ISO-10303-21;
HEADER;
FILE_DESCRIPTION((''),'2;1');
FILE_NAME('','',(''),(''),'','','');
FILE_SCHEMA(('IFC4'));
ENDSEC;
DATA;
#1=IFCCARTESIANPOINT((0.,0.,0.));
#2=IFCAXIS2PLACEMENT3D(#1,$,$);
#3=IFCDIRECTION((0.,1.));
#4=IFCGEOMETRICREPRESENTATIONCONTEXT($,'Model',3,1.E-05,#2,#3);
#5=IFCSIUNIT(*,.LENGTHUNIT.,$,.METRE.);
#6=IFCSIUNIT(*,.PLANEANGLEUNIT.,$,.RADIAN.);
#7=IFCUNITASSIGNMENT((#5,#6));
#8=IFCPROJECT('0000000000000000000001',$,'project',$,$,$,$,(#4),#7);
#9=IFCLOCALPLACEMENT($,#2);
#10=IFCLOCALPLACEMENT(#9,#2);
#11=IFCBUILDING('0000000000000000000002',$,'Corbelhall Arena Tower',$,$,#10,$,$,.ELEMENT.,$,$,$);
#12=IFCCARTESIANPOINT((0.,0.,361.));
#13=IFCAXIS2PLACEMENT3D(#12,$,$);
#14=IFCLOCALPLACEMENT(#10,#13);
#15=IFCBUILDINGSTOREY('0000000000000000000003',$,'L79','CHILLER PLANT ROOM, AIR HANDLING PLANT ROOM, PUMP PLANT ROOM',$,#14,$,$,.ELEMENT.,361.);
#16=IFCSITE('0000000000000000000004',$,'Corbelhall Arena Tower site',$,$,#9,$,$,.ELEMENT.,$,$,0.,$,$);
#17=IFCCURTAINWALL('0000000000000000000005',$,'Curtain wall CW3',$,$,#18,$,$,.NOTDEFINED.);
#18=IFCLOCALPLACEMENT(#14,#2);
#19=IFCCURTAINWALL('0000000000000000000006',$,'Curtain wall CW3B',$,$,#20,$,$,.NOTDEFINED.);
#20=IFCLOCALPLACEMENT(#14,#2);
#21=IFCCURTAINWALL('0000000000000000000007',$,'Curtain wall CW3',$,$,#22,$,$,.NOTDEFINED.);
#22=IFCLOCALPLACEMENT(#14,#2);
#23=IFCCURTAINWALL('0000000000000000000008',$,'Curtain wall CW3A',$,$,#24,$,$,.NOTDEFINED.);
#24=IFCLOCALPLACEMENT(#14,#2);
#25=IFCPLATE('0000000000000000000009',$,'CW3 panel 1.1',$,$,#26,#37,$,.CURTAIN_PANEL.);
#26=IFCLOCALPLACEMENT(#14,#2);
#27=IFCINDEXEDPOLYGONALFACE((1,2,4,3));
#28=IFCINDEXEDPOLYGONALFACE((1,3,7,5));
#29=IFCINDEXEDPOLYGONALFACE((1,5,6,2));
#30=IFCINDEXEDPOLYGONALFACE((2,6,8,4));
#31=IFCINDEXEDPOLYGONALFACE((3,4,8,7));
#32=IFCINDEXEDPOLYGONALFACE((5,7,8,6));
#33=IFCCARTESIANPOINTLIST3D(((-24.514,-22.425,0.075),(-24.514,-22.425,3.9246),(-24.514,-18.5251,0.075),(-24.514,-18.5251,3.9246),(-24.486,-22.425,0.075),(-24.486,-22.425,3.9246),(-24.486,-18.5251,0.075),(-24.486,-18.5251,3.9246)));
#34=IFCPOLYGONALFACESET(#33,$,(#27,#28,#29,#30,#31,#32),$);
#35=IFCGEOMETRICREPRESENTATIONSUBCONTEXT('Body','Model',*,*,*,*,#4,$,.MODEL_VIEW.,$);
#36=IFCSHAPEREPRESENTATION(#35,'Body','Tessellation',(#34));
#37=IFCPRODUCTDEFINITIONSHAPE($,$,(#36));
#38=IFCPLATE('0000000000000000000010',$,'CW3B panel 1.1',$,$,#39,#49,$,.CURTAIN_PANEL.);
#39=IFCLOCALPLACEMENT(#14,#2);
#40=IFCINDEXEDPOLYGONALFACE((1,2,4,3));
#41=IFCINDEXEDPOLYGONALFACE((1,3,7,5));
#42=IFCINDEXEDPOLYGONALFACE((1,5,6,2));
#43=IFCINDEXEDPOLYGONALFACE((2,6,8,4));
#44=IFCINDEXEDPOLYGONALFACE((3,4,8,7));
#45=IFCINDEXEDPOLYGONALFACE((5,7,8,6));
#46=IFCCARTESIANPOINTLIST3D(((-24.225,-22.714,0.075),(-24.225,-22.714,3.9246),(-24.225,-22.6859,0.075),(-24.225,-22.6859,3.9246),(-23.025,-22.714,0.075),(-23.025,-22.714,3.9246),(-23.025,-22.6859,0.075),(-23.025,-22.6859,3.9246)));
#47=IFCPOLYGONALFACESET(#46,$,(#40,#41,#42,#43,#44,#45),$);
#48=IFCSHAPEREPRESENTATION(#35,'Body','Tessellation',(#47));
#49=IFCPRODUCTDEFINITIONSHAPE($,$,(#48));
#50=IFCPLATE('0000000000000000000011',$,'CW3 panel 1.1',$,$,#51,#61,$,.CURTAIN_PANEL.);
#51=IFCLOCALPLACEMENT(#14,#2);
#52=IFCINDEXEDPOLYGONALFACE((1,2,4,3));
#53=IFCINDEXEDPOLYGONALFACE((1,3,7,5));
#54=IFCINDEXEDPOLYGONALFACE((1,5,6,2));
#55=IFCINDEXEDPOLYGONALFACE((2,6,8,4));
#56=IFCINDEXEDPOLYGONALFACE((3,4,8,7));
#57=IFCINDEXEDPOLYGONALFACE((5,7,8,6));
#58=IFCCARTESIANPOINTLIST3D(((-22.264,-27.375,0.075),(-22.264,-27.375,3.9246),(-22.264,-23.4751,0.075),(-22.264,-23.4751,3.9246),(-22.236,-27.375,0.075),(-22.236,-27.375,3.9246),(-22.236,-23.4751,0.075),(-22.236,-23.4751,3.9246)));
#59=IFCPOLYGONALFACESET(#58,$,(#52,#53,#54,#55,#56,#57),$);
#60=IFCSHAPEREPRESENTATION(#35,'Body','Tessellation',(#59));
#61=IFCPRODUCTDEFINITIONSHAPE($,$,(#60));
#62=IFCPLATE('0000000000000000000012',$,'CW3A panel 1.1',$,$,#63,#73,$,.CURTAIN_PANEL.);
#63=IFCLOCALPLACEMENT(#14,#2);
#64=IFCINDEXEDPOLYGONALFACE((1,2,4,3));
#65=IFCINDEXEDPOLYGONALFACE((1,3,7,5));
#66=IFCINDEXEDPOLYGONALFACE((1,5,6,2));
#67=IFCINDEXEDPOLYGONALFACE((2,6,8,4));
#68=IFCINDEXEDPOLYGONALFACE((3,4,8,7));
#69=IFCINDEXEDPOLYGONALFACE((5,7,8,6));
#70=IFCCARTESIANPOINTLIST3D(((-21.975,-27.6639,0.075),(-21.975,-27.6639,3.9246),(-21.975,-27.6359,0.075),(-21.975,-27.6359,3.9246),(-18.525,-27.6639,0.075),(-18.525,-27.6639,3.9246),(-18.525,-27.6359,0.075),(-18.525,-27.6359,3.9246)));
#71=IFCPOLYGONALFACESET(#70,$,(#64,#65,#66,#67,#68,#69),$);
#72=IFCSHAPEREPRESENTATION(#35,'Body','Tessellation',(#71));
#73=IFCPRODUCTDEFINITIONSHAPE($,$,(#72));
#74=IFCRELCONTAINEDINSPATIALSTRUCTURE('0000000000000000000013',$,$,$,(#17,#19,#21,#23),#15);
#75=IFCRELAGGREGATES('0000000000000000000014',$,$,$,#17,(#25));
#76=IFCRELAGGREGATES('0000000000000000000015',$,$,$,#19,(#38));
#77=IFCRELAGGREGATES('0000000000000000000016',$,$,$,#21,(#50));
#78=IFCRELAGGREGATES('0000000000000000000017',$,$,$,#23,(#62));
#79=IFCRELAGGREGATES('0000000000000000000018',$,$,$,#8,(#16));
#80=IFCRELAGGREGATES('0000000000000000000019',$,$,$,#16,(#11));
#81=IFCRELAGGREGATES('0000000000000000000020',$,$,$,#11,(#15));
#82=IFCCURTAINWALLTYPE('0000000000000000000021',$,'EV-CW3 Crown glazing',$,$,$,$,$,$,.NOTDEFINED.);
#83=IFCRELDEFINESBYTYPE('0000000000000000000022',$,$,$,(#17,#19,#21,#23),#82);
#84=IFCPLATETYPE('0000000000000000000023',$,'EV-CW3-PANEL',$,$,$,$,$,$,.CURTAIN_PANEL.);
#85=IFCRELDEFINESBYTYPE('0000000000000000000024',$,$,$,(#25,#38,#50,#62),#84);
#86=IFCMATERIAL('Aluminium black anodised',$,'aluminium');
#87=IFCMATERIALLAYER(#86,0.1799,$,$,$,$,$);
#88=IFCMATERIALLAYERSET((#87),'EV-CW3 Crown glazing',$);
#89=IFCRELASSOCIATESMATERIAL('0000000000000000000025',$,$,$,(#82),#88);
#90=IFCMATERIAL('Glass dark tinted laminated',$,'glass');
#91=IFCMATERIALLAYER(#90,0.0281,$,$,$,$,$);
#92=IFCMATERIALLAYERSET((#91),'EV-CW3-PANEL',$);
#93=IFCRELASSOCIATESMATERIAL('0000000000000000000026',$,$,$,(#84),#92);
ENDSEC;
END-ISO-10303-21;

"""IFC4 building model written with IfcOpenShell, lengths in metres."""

from ifc_helpers import new_model, si_unit, direction, frame, origin, origin_2d, place, context, subcontext, project, spatial, rectangle, extrude, material, layer, layer_set, type_object, element, aggregate, save


model = new_model("IFC4")

# Units and contexts
model_context = context("Model", 3, precision=1e-05, world=origin(), true_north=direction((0.0, 1.0)))
body_context = subcontext(model_context, "Body", "Model", "MODEL_VIEW")
ifc_project = project(units=[si_unit("LENGTHUNIT", "METRE"), si_unit("PLANEANGLEUNIT", "RADIAN")], contexts=[model_context])

# Site, building, storey
site_placement = place(None, origin())
site = spatial("IfcSite", under=ifc_project, at=site_placement, Name="Corbelhall Arena Tower site", CompositionType="ELEMENT", RefElevation=0.0)
building_placement = place(site_placement, origin())
building = spatial("IfcBuilding", under=site, at=building_placement, Name="Corbelhall Arena Tower", CompositionType="ELEMENT")
storey_placement = place(building_placement, frame((0.0, 0.0, 361.0)))
storey = spatial("IfcBuildingStorey", under=building, at=storey_placement, Name="L79", Description="CHILLER PLANT ROOM, AIR HANDLING PLANT ROOM, PUMP PLANT ROOM", CompositionType="ELEMENT", Elevation=361.0)

# Curtain walls
ifc_material_1 = material(Name="Aluminium black anodised", Category="aluminium")
ifc_layer_1 = layer(ifc_material_1, 0.1799)
ifc_layer_set_1 = layer_set([ifc_layer_1], Name="EV-CW3 Crown glazing")
curtain_wall_type = type_object("IfcCurtainWallType", Name="EV-CW3 Crown glazing", PredefinedType="NOTDEFINED", material=ifc_layer_set_1)
curtain_wall_1_placement = place(storey_placement, origin())
curtain_wall_1 = element("IfcCurtainWall", 1, at=curtain_wall_1_placement, inside=storey, type_object=curtain_wall_type, Name="Curtain wall CW3", PredefinedType="NOTDEFINED")
curtain_wall_2_placement = place(storey_placement, origin())
curtain_wall_2 = element("IfcCurtainWall", 2, at=curtain_wall_2_placement, inside=storey, type_object=curtain_wall_type, Name="Curtain wall CW3B", PredefinedType="NOTDEFINED")
curtain_wall_3_placement = place(storey_placement, origin())
curtain_wall_3 = element("IfcCurtainWall", 3, at=curtain_wall_3_placement, inside=storey, type_object=curtain_wall_type, Name="Curtain wall CW3", PredefinedType="NOTDEFINED")
curtain_wall_4_placement = place(storey_placement, origin())
curtain_wall_4 = element("IfcCurtainWall", 4, at=curtain_wall_4_placement, inside=storey, type_object=curtain_wall_type, Name="Curtain wall CW3A", PredefinedType="NOTDEFINED")

# Plates
ifc_material_2 = material(Name="Glass dark tinted laminated", Category="glass")
ifc_layer_2 = layer(ifc_material_2, 0.0281)
ifc_layer_set_2 = layer_set([ifc_layer_2], Name="EV-CW3-PANEL")
plate_type = type_object("IfcPlateType", Name="EV-CW3-PANEL", PredefinedType="CURTAIN_PANEL", material=ifc_layer_set_2)
plate_1_placement = place(storey_placement, frame((-24.5, -20.4751, 0.075), z_axis=(0.0, 0.0, 1.0), x_axis=(0.0, -1.0, 0.0)))
plate_1 = element("IfcPlate", 5, at=plate_1_placement, type_object=plate_type, Name="CW3 panel 1.1", PredefinedType="CURTAIN_PANEL", context=body_context, shape_type="SweptSolid", body=[
    extrude(rectangle(XDim=3.8999, YDim=0.0281, at=origin_2d()), origin(), (0.0, 0.0, 1.0), 3.8496),
])
aggregate(curtain_wall_1, [plate_1])
plate_2_placement = place(storey_placement, frame((-23.625, -22.7, 0.075), z_axis=(0.0, 0.0, 1.0), x_axis=(1.0, 0.0, 0.0)))
plate_2 = element("IfcPlate", 6, at=plate_2_placement, type_object=plate_type, Name="CW3B panel 1.1", PredefinedType="CURTAIN_PANEL", context=body_context, shape_type="SweptSolid", body=[
    extrude(rectangle(XDim=1.2, YDim=0.0281, at=origin_2d()), origin(), (0.0, 0.0, 1.0), 3.8496),
])
aggregate(curtain_wall_2, [plate_2])
plate_3_placement = place(storey_placement, frame((-22.25, -25.425, 0.075), z_axis=(0.0, 0.0, 1.0), x_axis=(0.0, -1.0, 0.0)))
plate_3 = element("IfcPlate", 7, at=plate_3_placement, type_object=plate_type, Name="CW3 panel 1.1", PredefinedType="CURTAIN_PANEL", context=body_context, shape_type="SweptSolid", body=[
    extrude(rectangle(XDim=3.8999, YDim=0.0281, at=origin_2d()), origin(), (0.0, 0.0, 1.0), 3.8496),
])
aggregate(curtain_wall_3, [plate_3])
plate_4_placement = place(storey_placement, frame((-20.25, -27.6499, 0.075), z_axis=(0.0, 0.0, 1.0), x_axis=(1.0, 0.0, 0.0)))
plate_4 = element("IfcPlate", 8, at=plate_4_placement, type_object=plate_type, Name="CW3A panel 1.1", PredefinedType="CURTAIN_PANEL", context=body_context, shape_type="SweptSolid", body=[
    extrude(rectangle(XDim=3.45, YDim=0.0281, at=origin_2d()), origin(), (0.0, 0.0, 1.0), 3.8496),
])
aggregate(curtain_wall_4, [plate_4])

save(model, "model.ifc")
